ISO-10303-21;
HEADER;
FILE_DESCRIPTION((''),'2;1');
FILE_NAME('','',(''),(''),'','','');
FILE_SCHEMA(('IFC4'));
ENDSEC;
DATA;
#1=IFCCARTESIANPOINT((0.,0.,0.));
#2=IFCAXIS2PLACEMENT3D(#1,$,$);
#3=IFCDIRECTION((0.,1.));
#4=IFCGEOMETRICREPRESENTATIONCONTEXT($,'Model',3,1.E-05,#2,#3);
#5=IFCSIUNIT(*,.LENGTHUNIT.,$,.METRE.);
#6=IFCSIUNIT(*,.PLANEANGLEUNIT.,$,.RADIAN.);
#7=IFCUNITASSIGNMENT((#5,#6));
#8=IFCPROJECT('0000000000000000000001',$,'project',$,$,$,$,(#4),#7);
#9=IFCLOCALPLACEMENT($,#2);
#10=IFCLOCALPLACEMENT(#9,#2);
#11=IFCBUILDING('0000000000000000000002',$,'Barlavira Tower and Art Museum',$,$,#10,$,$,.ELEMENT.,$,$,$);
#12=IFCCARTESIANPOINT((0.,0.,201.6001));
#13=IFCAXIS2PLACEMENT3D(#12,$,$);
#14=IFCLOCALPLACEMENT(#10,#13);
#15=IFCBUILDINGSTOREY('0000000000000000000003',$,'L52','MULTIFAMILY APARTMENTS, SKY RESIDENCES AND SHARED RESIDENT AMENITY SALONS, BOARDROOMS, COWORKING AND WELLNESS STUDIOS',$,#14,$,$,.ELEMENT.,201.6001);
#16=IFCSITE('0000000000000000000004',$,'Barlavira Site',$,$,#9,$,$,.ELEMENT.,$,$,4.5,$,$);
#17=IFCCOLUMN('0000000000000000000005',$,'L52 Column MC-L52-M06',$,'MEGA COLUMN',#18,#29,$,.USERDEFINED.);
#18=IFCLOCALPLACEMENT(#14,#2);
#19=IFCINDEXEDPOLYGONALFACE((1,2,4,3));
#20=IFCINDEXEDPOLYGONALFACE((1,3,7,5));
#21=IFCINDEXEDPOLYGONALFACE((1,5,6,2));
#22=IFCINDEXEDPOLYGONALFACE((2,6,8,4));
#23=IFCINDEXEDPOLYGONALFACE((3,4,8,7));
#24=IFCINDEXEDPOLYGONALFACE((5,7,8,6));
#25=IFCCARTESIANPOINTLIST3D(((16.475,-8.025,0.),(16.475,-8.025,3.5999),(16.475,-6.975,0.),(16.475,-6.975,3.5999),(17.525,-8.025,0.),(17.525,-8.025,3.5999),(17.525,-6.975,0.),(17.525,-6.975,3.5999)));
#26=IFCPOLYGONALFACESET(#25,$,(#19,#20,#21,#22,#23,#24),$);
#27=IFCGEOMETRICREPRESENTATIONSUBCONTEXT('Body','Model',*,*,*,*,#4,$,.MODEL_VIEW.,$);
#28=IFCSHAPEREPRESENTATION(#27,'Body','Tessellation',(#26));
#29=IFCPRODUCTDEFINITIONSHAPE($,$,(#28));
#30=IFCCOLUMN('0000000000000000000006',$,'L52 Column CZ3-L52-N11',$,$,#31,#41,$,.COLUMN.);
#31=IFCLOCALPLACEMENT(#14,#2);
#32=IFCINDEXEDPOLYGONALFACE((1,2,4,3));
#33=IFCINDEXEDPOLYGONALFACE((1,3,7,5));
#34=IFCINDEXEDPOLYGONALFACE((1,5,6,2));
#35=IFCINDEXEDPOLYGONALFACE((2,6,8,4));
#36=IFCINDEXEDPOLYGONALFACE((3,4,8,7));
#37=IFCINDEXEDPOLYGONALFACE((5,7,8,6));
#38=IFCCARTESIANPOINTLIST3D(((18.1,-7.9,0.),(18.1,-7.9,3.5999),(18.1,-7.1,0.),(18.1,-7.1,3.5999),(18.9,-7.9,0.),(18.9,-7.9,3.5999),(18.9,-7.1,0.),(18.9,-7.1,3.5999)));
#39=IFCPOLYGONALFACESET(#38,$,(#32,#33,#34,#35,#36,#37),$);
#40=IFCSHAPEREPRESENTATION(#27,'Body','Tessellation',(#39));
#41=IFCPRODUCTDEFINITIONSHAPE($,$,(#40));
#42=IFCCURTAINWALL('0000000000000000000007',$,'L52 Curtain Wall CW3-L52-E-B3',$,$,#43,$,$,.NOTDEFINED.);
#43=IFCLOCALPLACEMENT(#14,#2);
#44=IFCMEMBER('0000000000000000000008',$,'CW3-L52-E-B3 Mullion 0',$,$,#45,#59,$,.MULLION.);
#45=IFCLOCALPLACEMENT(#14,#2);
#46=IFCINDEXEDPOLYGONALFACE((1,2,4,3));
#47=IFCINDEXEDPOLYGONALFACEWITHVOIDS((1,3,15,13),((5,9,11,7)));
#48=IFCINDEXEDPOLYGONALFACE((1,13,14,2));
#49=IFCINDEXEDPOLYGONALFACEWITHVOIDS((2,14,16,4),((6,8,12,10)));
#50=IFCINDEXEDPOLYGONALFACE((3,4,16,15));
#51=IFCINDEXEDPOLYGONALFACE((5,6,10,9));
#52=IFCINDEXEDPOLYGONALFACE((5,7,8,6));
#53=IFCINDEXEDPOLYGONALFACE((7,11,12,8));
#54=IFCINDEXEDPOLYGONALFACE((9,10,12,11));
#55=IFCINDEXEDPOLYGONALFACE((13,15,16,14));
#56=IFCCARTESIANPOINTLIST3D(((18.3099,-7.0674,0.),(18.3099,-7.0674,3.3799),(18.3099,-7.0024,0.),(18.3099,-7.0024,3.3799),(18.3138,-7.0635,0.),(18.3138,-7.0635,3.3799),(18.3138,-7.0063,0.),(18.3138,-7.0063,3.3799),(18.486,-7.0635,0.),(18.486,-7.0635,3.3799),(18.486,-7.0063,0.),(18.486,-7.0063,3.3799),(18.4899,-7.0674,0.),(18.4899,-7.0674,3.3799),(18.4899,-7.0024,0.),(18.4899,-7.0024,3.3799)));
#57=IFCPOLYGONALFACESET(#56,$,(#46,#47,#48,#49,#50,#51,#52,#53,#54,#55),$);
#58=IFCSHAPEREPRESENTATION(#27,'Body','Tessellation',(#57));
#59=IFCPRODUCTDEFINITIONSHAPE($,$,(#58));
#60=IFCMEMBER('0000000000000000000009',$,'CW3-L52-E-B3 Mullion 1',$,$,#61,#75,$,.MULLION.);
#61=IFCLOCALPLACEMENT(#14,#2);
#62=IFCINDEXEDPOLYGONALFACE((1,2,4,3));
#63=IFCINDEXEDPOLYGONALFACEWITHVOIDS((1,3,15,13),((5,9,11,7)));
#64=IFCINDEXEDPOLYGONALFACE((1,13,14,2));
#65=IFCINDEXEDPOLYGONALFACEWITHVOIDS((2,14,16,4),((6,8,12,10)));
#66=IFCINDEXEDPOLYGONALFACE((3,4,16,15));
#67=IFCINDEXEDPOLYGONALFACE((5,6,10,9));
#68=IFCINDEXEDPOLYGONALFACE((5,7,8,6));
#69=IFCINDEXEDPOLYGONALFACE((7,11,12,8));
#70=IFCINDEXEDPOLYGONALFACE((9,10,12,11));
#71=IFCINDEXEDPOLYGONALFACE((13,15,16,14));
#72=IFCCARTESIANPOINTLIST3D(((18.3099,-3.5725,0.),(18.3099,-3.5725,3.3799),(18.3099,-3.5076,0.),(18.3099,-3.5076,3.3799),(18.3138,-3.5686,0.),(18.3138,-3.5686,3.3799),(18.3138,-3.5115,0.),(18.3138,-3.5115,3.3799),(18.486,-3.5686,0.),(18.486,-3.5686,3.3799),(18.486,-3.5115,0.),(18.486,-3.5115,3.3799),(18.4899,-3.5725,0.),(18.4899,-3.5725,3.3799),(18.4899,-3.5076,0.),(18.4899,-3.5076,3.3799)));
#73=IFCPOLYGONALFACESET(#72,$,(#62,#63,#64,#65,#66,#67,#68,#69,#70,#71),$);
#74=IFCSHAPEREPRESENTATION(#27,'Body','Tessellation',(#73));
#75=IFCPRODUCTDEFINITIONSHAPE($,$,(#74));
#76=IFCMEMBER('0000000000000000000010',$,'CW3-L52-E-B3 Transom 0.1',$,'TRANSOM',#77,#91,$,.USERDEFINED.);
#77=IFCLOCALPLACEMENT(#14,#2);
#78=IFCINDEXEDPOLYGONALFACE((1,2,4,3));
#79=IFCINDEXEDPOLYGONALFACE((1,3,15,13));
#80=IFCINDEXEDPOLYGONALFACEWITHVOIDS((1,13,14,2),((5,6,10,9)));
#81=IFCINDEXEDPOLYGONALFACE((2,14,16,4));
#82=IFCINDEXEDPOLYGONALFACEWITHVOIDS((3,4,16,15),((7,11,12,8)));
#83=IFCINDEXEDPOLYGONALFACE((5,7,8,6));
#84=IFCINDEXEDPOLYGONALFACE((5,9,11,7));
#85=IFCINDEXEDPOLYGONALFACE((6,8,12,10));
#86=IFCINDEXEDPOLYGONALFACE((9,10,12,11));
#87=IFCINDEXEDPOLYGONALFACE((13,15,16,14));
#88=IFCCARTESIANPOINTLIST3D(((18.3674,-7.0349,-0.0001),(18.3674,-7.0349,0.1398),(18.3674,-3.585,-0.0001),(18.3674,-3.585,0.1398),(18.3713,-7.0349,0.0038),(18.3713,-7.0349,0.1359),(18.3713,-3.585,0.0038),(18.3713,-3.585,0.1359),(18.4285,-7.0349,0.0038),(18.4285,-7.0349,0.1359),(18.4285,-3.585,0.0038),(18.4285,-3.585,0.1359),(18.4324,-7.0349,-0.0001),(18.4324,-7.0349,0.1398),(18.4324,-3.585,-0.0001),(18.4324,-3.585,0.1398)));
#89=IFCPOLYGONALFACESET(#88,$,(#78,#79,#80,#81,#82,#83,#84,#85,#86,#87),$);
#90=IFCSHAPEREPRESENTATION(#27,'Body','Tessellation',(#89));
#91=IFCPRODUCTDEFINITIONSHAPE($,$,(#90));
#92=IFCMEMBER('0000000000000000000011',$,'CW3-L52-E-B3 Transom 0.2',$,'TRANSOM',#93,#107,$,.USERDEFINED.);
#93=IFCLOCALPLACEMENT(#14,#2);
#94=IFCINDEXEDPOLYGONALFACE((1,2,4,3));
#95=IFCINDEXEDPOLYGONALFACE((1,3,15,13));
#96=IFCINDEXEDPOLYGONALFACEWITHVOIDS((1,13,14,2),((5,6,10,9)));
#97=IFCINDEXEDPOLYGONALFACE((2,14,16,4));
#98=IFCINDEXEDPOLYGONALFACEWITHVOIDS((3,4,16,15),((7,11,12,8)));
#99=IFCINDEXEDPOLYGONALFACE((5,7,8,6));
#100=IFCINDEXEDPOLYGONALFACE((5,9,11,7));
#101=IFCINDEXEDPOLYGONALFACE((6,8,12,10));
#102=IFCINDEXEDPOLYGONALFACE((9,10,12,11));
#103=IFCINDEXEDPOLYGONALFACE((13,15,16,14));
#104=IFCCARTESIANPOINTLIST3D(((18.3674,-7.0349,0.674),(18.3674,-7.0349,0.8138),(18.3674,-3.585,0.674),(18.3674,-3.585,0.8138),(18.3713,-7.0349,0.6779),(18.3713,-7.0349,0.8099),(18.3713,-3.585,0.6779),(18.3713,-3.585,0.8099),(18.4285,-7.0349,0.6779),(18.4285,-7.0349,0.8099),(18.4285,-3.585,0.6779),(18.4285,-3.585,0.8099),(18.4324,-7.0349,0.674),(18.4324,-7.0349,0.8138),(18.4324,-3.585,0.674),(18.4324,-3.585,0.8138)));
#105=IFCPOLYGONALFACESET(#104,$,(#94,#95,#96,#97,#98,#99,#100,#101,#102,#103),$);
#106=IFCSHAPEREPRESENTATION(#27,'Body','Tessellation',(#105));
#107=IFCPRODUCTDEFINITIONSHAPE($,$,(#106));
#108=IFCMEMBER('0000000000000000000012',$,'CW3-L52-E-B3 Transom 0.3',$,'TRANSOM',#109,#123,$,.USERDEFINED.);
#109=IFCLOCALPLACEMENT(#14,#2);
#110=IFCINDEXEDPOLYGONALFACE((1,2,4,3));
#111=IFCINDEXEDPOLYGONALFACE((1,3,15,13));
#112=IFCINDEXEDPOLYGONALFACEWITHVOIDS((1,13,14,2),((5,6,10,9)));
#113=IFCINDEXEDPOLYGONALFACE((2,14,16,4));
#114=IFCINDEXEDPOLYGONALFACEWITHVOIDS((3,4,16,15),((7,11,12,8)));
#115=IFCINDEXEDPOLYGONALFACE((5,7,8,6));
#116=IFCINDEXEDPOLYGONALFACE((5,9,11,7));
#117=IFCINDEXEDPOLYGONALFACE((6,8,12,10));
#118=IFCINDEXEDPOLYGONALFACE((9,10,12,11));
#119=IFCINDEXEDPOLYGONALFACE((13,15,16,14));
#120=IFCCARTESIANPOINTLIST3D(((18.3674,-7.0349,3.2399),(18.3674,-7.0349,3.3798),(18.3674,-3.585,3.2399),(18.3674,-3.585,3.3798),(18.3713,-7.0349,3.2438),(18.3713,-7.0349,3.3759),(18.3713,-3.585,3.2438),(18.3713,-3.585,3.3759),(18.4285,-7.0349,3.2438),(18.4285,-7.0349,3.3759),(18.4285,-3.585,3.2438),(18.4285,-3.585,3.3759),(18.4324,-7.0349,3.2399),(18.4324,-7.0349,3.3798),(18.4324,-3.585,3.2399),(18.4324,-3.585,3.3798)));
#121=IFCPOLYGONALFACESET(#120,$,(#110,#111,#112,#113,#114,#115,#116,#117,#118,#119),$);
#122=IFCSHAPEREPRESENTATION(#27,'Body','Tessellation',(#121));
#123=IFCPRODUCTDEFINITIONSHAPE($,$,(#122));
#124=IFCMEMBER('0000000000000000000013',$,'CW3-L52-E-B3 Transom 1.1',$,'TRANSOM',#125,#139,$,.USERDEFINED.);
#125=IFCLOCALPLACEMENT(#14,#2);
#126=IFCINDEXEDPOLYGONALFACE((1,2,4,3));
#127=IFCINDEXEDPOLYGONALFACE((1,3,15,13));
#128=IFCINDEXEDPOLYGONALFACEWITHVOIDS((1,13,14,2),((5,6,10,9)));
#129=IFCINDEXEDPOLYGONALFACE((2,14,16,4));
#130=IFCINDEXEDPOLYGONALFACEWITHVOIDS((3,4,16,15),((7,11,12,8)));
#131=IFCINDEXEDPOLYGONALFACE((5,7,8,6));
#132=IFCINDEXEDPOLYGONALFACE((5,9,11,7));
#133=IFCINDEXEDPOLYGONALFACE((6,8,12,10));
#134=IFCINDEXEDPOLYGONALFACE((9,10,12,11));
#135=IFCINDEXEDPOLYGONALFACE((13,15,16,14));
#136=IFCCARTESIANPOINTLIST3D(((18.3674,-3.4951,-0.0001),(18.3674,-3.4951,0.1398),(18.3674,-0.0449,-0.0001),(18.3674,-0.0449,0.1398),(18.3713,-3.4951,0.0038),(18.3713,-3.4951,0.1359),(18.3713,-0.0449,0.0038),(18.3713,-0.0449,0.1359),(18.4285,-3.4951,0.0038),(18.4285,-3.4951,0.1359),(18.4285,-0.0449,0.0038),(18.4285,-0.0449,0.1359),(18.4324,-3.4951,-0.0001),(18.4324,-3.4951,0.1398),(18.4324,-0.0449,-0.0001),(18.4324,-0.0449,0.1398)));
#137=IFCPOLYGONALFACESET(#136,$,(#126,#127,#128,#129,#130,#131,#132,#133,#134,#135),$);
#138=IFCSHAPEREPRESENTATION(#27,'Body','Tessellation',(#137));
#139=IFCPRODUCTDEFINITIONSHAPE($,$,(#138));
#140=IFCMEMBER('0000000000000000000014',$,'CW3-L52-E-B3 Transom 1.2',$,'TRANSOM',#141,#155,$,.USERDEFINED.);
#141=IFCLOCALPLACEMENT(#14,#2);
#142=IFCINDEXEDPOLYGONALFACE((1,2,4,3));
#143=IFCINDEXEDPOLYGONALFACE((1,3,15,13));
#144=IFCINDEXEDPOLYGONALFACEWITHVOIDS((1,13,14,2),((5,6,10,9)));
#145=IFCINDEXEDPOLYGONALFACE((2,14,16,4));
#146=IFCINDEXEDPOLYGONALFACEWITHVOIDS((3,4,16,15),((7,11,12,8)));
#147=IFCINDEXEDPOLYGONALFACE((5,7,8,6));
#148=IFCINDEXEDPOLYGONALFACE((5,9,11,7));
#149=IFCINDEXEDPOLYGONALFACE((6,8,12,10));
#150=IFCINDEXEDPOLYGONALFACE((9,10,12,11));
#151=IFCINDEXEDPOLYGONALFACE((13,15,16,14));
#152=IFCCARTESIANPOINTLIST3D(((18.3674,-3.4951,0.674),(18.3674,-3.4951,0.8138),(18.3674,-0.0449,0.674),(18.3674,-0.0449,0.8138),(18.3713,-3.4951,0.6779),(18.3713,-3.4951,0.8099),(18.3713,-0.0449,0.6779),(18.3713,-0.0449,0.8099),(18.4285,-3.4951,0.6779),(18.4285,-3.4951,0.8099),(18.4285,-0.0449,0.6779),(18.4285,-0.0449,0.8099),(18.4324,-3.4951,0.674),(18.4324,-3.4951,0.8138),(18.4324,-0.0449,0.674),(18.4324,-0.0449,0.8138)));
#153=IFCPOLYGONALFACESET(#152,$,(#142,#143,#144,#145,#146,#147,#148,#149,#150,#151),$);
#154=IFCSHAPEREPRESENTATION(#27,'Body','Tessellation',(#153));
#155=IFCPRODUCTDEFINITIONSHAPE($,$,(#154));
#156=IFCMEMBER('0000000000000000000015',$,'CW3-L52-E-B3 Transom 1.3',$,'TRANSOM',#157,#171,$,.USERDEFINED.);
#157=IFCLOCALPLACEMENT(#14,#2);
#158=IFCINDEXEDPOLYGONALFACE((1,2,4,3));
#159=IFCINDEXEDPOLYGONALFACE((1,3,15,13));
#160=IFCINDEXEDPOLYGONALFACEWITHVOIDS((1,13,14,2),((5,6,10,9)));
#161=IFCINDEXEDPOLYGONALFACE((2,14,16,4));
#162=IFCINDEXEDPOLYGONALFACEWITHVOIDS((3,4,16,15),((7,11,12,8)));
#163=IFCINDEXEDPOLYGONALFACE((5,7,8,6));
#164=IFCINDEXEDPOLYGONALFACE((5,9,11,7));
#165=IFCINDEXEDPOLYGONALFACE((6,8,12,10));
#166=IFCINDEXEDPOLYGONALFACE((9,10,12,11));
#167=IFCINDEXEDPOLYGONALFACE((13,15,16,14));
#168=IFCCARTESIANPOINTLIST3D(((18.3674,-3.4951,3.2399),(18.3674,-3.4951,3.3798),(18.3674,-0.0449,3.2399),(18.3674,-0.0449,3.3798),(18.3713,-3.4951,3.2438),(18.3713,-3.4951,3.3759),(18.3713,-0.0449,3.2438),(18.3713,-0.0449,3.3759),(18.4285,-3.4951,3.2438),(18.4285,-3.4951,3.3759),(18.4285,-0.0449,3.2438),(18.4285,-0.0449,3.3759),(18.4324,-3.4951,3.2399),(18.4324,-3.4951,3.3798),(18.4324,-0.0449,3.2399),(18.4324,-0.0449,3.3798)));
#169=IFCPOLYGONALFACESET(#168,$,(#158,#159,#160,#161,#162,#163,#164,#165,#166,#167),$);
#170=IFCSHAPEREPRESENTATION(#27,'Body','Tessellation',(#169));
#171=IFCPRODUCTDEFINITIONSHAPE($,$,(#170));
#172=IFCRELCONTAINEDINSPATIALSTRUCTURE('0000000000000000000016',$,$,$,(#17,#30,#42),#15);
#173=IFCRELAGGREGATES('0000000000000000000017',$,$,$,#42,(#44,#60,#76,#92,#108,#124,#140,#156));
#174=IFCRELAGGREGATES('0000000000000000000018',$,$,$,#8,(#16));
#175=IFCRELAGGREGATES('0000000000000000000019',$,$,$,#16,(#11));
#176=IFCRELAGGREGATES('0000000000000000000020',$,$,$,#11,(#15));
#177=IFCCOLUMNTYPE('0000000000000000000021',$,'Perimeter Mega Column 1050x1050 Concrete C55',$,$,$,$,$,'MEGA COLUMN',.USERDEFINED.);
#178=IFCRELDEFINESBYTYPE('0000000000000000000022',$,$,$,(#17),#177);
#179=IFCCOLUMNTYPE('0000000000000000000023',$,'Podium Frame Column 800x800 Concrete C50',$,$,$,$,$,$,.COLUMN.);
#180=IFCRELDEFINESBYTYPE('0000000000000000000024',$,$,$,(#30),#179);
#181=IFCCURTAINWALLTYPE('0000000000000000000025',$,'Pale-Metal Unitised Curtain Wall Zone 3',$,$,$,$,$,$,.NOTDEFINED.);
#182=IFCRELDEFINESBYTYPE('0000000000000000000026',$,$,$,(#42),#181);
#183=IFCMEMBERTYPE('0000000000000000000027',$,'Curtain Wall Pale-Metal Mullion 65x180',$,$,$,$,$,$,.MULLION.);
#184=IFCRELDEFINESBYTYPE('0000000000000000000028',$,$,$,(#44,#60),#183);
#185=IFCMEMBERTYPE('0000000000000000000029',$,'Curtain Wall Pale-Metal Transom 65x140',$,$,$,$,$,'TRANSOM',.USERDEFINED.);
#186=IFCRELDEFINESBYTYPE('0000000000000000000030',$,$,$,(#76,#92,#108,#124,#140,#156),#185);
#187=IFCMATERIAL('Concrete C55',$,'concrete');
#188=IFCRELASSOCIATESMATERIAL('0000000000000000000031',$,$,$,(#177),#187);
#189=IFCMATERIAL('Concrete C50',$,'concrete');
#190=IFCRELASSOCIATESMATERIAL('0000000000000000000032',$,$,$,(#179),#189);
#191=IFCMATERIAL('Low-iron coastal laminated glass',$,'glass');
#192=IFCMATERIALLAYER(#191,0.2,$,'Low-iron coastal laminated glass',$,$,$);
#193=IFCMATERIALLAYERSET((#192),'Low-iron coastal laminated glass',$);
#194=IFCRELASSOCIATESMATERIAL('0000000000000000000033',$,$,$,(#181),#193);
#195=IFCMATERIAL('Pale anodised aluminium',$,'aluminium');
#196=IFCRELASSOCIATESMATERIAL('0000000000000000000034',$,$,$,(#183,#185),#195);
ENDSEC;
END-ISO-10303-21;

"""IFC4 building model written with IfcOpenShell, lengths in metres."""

from ifc_helpers import new_model, si_unit, direction, frame, origin, origin_2d, place, context, subcontext, project, spatial, rectangle, hollow_rectangle, extrude, material, layer, layer_set, material_profile, profile_set, type_object, element, aggregate, save


model = new_model("IFC4")

# Units and contexts
model_context = context("Model", 3, precision=1e-05, world=origin(), true_north=direction((0.0, 1.0)))
body_context = subcontext(model_context, "Body", "Model", "MODEL_VIEW")
ifc_project = project(units=[si_unit("LENGTHUNIT", "METRE"), si_unit("PLANEANGLEUNIT", "RADIAN")], contexts=[model_context])

# Site, building, storey
site_placement = place(None, origin())
site = spatial("IfcSite", under=ifc_project, at=site_placement, Name="Barlavira Site", CompositionType="ELEMENT", RefElevation=4.5)
building_placement = place(site_placement, origin())
building = spatial("IfcBuilding", under=site, at=building_placement, Name="Barlavira Tower and Art Museum", CompositionType="ELEMENT")
storey_placement = place(building_placement, frame((0.0, 0.0, 201.6001)))
storey = spatial("IfcBuildingStorey", under=building, at=storey_placement, Name="L52", Description="MULTIFAMILY APARTMENTS, SKY RESIDENCES AND SHARED RESIDENT AMENITY SALONS, BOARDROOMS, COWORKING AND WELLNESS STUDIOS", CompositionType="ELEMENT", Elevation=201.6001)

# Columns
ifc_material_1 = material(Name="Concrete C55", Category="concrete")
ifc_material_profile_1 = material_profile(ifc_material_1, rectangle(XDim=1.05, YDim=1.05, at=origin_2d()), Name="RC-COL 1050x1050")
ifc_profile_set_1 = profile_set([ifc_material_profile_1], Name="Concrete C55")
column_type_1 = type_object("IfcColumnType", Name="Perimeter Mega Column 1050x1050 Concrete C55", ElementType="MEGA COLUMN", PredefinedType="USERDEFINED", material=ifc_profile_set_1)
column_1_placement = place(storey_placement, frame((17.0, -7.5, 0.0), z_axis=(0.0, 0.0, 1.0), x_axis=(1.0, 0.0, 0.0)))
element("IfcColumn", 1, at=column_1_placement, inside=storey, type_object=column_type_1, Name="L52 Column MC-L52-M06", ObjectType="MEGA COLUMN", PredefinedType="USERDEFINED", context=body_context, shape_type="SweptSolid", body=[
    extrude(rectangle(XDim=1.05, YDim=1.05, at=origin_2d()), origin(), (0.0, 0.0, 1.0), 3.5999),
])
ifc_material_2 = material(Name="Concrete C50", Category="concrete")
ifc_material_profile_2 = material_profile(ifc_material_2, rectangle(XDim=0.8, YDim=0.8, at=origin_2d()), Name="RC-COL 800x800")
ifc_profile_set_2 = profile_set([ifc_material_profile_2], Name="Concrete C50")
column_type_2 = type_object("IfcColumnType", Name="Podium Frame Column 800x800 Concrete C50", PredefinedType="COLUMN", material=ifc_profile_set_2)
column_2_placement = place(storey_placement, frame((18.5, -7.5, 0.0), z_axis=(0.0, 0.0, 1.0), x_axis=(1.0, 0.0, 0.0)))
element("IfcColumn", 2, at=column_2_placement, inside=storey, type_object=column_type_2, Name="L52 Column CZ3-L52-N11", PredefinedType="COLUMN", context=body_context, shape_type="SweptSolid", body=[
    extrude(rectangle(XDim=0.8, YDim=0.8, at=origin_2d()), origin(), (0.0, 0.0, 1.0), 3.5999),
])

# Curtain wall, members
ifc_material_3 = material(Name="Low-iron coastal laminated glass", Category="glass")
ifc_layer_1 = layer(ifc_material_3, 0.2, Name="Low-iron coastal laminated glass")
ifc_layer_set_1 = layer_set([ifc_layer_1], Name="Low-iron coastal laminated glass")
curtain_wall_type = type_object("IfcCurtainWallType", Name="Pale-Metal Unitised Curtain Wall Zone 3", PredefinedType="NOTDEFINED", material=ifc_layer_set_1)
curtain_wall_placement = place(storey_placement, origin())
curtain_wall = element("IfcCurtainWall", 3, at=curtain_wall_placement, inside=storey, type_object=curtain_wall_type, Name="L52 Curtain Wall CW3-L52-E-B3", PredefinedType="NOTDEFINED")
ifc_material_4 = material(Name="Pale anodised aluminium", Category="aluminium")
ifc_material_profile_3 = material_profile(ifc_material_4, hollow_rectangle(XDim=0.0649, YDim=0.1799, WallThickness=0.0039, at=origin_2d()), Name="ALU-MULL 65x180x4")
ifc_profile_set_3 = profile_set([ifc_material_profile_3], Name="Pale anodised aluminium")
member_type_1 = type_object("IfcMemberType", Name="Curtain Wall Pale-Metal Mullion 65x180", PredefinedType="MULLION", material=ifc_profile_set_3)
member_1_placement = place(storey_placement, frame((18.3999, -7.0349, 0.0), z_axis=(0.0, 0.0, 1.0), x_axis=(0.0, 1.0, 0.0)))
member_1 = element("IfcMember", 4, at=member_1_placement, type_object=member_type_1, Name="CW3-L52-E-B3 Mullion 0", PredefinedType="MULLION", context=body_context, shape_type="SweptSolid", body=[
    extrude(hollow_rectangle(XDim=0.0649, YDim=0.1799, WallThickness=0.0039, at=origin_2d()), origin(), (0.0, 0.0, 1.0), 3.3799),
])
member_2_placement = place(storey_placement, frame((18.3999, -3.54, 0.0), z_axis=(0.0, 0.0, 1.0), x_axis=(0.0, 1.0, 0.0)))
member_2 = element("IfcMember", 5, at=member_2_placement, type_object=member_type_1, Name="CW3-L52-E-B3 Mullion 1", PredefinedType="MULLION", context=body_context, shape_type="SweptSolid", body=[
    extrude(hollow_rectangle(XDim=0.0649, YDim=0.1799, WallThickness=0.0039, at=origin_2d()), origin(), (0.0, 0.0, 1.0), 3.3799),
])
ifc_material_profile_4 = material_profile(ifc_material_4, hollow_rectangle(XDim=0.0649, YDim=0.1399, WallThickness=0.0039, at=origin_2d()), Name="ALU-TRAN 65x140x4")
ifc_profile_set_4 = profile_set([ifc_material_profile_4], Name="Pale anodised aluminium")
member_type_2 = type_object("IfcMemberType", Name="Curtain Wall Pale-Metal Transom 65x140", ElementType="TRANSOM", PredefinedType="USERDEFINED", material=ifc_profile_set_4)
member_3_placement = place(storey_placement, frame((18.3999, -7.0349, 0.0698), z_axis=(0.0, 1.0, 0.0), x_axis=(-1.0, 0.0, 0.0)))
member_3 = element("IfcMember", 6, at=member_3_placement, type_object=member_type_2, Name="CW3-L52-E-B3 Transom 0.1", ObjectType="TRANSOM", PredefinedType="USERDEFINED", context=body_context, shape_type="SweptSolid", body=[
    extrude(hollow_rectangle(XDim=0.0649, YDim=0.1399, WallThickness=0.0039, at=origin_2d()), origin(), (0.0, 0.0, 1.0), 3.45),
])
member_4_placement = place(storey_placement, frame((18.3999, -7.0349, 0.7439), z_axis=(0.0, 1.0, 0.0), x_axis=(-1.0, 0.0, 0.0)))
member_4 = element("IfcMember", 7, at=member_4_placement, type_object=member_type_2, Name="CW3-L52-E-B3 Transom 0.2", ObjectType="TRANSOM", PredefinedType="USERDEFINED", context=body_context, shape_type="SweptSolid", body=[
    extrude(hollow_rectangle(XDim=0.0649, YDim=0.1399, WallThickness=0.0039, at=origin_2d()), origin(), (0.0, 0.0, 1.0), 3.45),
])
member_5_placement = place(storey_placement, frame((18.3999, -7.0349, 3.3098), z_axis=(0.0, 1.0, 0.0), x_axis=(-1.0, 0.0, 0.0)))
member_5 = element("IfcMember", 8, at=member_5_placement, type_object=member_type_2, Name="CW3-L52-E-B3 Transom 0.3", ObjectType="TRANSOM", PredefinedType="USERDEFINED", context=body_context, shape_type="SweptSolid", body=[
    extrude(hollow_rectangle(XDim=0.0649, YDim=0.1399, WallThickness=0.0039, at=origin_2d()), origin(), (0.0, 0.0, 1.0), 3.45),
])
member_6_placement = place(storey_placement, frame((18.3999, -3.4951, 0.0698), z_axis=(0.0, 1.0, 0.0), x_axis=(-1.0, 0.0, 0.0)))
member_6 = element("IfcMember", 9, at=member_6_placement, type_object=member_type_2, Name="CW3-L52-E-B3 Transom 1.1", ObjectType="TRANSOM", PredefinedType="USERDEFINED", context=body_context, shape_type="SweptSolid", body=[
    extrude(hollow_rectangle(XDim=0.0649, YDim=0.1399, WallThickness=0.0039, at=origin_2d()), origin(), (0.0, 0.0, 1.0), 3.4502),
])
member_7_placement = place(storey_placement, frame((18.3999, -3.4951, 0.7439), z_axis=(0.0, 1.0, 0.0), x_axis=(-1.0, 0.0, 0.0)))
member_7 = element("IfcMember", 10, at=member_7_placement, type_object=member_type_2, Name="CW3-L52-E-B3 Transom 1.2", ObjectType="TRANSOM", PredefinedType="USERDEFINED", context=body_context, shape_type="SweptSolid", body=[
    extrude(hollow_rectangle(XDim=0.0649, YDim=0.1399, WallThickness=0.0039, at=origin_2d()), origin(), (0.0, 0.0, 1.0), 3.4502),
])
member_8_placement = place(storey_placement, frame((18.3999, -3.4951, 3.3098), z_axis=(0.0, 1.0, 0.0), x_axis=(-1.0, 0.0, 0.0)))
member_8 = element("IfcMember", 11, at=member_8_placement, type_object=member_type_2, Name="CW3-L52-E-B3 Transom 1.3", ObjectType="TRANSOM", PredefinedType="USERDEFINED", context=body_context, shape_type="SweptSolid", body=[
    extrude(hollow_rectangle(XDim=0.0649, YDim=0.1399, WallThickness=0.0039, at=origin_2d()), origin(), (0.0, 0.0, 1.0), 3.4502),
])

aggregate(curtain_wall, [member_1, member_2, member_3, member_4, member_5, member_6, member_7, member_8])

save(model, "model.ifc")
